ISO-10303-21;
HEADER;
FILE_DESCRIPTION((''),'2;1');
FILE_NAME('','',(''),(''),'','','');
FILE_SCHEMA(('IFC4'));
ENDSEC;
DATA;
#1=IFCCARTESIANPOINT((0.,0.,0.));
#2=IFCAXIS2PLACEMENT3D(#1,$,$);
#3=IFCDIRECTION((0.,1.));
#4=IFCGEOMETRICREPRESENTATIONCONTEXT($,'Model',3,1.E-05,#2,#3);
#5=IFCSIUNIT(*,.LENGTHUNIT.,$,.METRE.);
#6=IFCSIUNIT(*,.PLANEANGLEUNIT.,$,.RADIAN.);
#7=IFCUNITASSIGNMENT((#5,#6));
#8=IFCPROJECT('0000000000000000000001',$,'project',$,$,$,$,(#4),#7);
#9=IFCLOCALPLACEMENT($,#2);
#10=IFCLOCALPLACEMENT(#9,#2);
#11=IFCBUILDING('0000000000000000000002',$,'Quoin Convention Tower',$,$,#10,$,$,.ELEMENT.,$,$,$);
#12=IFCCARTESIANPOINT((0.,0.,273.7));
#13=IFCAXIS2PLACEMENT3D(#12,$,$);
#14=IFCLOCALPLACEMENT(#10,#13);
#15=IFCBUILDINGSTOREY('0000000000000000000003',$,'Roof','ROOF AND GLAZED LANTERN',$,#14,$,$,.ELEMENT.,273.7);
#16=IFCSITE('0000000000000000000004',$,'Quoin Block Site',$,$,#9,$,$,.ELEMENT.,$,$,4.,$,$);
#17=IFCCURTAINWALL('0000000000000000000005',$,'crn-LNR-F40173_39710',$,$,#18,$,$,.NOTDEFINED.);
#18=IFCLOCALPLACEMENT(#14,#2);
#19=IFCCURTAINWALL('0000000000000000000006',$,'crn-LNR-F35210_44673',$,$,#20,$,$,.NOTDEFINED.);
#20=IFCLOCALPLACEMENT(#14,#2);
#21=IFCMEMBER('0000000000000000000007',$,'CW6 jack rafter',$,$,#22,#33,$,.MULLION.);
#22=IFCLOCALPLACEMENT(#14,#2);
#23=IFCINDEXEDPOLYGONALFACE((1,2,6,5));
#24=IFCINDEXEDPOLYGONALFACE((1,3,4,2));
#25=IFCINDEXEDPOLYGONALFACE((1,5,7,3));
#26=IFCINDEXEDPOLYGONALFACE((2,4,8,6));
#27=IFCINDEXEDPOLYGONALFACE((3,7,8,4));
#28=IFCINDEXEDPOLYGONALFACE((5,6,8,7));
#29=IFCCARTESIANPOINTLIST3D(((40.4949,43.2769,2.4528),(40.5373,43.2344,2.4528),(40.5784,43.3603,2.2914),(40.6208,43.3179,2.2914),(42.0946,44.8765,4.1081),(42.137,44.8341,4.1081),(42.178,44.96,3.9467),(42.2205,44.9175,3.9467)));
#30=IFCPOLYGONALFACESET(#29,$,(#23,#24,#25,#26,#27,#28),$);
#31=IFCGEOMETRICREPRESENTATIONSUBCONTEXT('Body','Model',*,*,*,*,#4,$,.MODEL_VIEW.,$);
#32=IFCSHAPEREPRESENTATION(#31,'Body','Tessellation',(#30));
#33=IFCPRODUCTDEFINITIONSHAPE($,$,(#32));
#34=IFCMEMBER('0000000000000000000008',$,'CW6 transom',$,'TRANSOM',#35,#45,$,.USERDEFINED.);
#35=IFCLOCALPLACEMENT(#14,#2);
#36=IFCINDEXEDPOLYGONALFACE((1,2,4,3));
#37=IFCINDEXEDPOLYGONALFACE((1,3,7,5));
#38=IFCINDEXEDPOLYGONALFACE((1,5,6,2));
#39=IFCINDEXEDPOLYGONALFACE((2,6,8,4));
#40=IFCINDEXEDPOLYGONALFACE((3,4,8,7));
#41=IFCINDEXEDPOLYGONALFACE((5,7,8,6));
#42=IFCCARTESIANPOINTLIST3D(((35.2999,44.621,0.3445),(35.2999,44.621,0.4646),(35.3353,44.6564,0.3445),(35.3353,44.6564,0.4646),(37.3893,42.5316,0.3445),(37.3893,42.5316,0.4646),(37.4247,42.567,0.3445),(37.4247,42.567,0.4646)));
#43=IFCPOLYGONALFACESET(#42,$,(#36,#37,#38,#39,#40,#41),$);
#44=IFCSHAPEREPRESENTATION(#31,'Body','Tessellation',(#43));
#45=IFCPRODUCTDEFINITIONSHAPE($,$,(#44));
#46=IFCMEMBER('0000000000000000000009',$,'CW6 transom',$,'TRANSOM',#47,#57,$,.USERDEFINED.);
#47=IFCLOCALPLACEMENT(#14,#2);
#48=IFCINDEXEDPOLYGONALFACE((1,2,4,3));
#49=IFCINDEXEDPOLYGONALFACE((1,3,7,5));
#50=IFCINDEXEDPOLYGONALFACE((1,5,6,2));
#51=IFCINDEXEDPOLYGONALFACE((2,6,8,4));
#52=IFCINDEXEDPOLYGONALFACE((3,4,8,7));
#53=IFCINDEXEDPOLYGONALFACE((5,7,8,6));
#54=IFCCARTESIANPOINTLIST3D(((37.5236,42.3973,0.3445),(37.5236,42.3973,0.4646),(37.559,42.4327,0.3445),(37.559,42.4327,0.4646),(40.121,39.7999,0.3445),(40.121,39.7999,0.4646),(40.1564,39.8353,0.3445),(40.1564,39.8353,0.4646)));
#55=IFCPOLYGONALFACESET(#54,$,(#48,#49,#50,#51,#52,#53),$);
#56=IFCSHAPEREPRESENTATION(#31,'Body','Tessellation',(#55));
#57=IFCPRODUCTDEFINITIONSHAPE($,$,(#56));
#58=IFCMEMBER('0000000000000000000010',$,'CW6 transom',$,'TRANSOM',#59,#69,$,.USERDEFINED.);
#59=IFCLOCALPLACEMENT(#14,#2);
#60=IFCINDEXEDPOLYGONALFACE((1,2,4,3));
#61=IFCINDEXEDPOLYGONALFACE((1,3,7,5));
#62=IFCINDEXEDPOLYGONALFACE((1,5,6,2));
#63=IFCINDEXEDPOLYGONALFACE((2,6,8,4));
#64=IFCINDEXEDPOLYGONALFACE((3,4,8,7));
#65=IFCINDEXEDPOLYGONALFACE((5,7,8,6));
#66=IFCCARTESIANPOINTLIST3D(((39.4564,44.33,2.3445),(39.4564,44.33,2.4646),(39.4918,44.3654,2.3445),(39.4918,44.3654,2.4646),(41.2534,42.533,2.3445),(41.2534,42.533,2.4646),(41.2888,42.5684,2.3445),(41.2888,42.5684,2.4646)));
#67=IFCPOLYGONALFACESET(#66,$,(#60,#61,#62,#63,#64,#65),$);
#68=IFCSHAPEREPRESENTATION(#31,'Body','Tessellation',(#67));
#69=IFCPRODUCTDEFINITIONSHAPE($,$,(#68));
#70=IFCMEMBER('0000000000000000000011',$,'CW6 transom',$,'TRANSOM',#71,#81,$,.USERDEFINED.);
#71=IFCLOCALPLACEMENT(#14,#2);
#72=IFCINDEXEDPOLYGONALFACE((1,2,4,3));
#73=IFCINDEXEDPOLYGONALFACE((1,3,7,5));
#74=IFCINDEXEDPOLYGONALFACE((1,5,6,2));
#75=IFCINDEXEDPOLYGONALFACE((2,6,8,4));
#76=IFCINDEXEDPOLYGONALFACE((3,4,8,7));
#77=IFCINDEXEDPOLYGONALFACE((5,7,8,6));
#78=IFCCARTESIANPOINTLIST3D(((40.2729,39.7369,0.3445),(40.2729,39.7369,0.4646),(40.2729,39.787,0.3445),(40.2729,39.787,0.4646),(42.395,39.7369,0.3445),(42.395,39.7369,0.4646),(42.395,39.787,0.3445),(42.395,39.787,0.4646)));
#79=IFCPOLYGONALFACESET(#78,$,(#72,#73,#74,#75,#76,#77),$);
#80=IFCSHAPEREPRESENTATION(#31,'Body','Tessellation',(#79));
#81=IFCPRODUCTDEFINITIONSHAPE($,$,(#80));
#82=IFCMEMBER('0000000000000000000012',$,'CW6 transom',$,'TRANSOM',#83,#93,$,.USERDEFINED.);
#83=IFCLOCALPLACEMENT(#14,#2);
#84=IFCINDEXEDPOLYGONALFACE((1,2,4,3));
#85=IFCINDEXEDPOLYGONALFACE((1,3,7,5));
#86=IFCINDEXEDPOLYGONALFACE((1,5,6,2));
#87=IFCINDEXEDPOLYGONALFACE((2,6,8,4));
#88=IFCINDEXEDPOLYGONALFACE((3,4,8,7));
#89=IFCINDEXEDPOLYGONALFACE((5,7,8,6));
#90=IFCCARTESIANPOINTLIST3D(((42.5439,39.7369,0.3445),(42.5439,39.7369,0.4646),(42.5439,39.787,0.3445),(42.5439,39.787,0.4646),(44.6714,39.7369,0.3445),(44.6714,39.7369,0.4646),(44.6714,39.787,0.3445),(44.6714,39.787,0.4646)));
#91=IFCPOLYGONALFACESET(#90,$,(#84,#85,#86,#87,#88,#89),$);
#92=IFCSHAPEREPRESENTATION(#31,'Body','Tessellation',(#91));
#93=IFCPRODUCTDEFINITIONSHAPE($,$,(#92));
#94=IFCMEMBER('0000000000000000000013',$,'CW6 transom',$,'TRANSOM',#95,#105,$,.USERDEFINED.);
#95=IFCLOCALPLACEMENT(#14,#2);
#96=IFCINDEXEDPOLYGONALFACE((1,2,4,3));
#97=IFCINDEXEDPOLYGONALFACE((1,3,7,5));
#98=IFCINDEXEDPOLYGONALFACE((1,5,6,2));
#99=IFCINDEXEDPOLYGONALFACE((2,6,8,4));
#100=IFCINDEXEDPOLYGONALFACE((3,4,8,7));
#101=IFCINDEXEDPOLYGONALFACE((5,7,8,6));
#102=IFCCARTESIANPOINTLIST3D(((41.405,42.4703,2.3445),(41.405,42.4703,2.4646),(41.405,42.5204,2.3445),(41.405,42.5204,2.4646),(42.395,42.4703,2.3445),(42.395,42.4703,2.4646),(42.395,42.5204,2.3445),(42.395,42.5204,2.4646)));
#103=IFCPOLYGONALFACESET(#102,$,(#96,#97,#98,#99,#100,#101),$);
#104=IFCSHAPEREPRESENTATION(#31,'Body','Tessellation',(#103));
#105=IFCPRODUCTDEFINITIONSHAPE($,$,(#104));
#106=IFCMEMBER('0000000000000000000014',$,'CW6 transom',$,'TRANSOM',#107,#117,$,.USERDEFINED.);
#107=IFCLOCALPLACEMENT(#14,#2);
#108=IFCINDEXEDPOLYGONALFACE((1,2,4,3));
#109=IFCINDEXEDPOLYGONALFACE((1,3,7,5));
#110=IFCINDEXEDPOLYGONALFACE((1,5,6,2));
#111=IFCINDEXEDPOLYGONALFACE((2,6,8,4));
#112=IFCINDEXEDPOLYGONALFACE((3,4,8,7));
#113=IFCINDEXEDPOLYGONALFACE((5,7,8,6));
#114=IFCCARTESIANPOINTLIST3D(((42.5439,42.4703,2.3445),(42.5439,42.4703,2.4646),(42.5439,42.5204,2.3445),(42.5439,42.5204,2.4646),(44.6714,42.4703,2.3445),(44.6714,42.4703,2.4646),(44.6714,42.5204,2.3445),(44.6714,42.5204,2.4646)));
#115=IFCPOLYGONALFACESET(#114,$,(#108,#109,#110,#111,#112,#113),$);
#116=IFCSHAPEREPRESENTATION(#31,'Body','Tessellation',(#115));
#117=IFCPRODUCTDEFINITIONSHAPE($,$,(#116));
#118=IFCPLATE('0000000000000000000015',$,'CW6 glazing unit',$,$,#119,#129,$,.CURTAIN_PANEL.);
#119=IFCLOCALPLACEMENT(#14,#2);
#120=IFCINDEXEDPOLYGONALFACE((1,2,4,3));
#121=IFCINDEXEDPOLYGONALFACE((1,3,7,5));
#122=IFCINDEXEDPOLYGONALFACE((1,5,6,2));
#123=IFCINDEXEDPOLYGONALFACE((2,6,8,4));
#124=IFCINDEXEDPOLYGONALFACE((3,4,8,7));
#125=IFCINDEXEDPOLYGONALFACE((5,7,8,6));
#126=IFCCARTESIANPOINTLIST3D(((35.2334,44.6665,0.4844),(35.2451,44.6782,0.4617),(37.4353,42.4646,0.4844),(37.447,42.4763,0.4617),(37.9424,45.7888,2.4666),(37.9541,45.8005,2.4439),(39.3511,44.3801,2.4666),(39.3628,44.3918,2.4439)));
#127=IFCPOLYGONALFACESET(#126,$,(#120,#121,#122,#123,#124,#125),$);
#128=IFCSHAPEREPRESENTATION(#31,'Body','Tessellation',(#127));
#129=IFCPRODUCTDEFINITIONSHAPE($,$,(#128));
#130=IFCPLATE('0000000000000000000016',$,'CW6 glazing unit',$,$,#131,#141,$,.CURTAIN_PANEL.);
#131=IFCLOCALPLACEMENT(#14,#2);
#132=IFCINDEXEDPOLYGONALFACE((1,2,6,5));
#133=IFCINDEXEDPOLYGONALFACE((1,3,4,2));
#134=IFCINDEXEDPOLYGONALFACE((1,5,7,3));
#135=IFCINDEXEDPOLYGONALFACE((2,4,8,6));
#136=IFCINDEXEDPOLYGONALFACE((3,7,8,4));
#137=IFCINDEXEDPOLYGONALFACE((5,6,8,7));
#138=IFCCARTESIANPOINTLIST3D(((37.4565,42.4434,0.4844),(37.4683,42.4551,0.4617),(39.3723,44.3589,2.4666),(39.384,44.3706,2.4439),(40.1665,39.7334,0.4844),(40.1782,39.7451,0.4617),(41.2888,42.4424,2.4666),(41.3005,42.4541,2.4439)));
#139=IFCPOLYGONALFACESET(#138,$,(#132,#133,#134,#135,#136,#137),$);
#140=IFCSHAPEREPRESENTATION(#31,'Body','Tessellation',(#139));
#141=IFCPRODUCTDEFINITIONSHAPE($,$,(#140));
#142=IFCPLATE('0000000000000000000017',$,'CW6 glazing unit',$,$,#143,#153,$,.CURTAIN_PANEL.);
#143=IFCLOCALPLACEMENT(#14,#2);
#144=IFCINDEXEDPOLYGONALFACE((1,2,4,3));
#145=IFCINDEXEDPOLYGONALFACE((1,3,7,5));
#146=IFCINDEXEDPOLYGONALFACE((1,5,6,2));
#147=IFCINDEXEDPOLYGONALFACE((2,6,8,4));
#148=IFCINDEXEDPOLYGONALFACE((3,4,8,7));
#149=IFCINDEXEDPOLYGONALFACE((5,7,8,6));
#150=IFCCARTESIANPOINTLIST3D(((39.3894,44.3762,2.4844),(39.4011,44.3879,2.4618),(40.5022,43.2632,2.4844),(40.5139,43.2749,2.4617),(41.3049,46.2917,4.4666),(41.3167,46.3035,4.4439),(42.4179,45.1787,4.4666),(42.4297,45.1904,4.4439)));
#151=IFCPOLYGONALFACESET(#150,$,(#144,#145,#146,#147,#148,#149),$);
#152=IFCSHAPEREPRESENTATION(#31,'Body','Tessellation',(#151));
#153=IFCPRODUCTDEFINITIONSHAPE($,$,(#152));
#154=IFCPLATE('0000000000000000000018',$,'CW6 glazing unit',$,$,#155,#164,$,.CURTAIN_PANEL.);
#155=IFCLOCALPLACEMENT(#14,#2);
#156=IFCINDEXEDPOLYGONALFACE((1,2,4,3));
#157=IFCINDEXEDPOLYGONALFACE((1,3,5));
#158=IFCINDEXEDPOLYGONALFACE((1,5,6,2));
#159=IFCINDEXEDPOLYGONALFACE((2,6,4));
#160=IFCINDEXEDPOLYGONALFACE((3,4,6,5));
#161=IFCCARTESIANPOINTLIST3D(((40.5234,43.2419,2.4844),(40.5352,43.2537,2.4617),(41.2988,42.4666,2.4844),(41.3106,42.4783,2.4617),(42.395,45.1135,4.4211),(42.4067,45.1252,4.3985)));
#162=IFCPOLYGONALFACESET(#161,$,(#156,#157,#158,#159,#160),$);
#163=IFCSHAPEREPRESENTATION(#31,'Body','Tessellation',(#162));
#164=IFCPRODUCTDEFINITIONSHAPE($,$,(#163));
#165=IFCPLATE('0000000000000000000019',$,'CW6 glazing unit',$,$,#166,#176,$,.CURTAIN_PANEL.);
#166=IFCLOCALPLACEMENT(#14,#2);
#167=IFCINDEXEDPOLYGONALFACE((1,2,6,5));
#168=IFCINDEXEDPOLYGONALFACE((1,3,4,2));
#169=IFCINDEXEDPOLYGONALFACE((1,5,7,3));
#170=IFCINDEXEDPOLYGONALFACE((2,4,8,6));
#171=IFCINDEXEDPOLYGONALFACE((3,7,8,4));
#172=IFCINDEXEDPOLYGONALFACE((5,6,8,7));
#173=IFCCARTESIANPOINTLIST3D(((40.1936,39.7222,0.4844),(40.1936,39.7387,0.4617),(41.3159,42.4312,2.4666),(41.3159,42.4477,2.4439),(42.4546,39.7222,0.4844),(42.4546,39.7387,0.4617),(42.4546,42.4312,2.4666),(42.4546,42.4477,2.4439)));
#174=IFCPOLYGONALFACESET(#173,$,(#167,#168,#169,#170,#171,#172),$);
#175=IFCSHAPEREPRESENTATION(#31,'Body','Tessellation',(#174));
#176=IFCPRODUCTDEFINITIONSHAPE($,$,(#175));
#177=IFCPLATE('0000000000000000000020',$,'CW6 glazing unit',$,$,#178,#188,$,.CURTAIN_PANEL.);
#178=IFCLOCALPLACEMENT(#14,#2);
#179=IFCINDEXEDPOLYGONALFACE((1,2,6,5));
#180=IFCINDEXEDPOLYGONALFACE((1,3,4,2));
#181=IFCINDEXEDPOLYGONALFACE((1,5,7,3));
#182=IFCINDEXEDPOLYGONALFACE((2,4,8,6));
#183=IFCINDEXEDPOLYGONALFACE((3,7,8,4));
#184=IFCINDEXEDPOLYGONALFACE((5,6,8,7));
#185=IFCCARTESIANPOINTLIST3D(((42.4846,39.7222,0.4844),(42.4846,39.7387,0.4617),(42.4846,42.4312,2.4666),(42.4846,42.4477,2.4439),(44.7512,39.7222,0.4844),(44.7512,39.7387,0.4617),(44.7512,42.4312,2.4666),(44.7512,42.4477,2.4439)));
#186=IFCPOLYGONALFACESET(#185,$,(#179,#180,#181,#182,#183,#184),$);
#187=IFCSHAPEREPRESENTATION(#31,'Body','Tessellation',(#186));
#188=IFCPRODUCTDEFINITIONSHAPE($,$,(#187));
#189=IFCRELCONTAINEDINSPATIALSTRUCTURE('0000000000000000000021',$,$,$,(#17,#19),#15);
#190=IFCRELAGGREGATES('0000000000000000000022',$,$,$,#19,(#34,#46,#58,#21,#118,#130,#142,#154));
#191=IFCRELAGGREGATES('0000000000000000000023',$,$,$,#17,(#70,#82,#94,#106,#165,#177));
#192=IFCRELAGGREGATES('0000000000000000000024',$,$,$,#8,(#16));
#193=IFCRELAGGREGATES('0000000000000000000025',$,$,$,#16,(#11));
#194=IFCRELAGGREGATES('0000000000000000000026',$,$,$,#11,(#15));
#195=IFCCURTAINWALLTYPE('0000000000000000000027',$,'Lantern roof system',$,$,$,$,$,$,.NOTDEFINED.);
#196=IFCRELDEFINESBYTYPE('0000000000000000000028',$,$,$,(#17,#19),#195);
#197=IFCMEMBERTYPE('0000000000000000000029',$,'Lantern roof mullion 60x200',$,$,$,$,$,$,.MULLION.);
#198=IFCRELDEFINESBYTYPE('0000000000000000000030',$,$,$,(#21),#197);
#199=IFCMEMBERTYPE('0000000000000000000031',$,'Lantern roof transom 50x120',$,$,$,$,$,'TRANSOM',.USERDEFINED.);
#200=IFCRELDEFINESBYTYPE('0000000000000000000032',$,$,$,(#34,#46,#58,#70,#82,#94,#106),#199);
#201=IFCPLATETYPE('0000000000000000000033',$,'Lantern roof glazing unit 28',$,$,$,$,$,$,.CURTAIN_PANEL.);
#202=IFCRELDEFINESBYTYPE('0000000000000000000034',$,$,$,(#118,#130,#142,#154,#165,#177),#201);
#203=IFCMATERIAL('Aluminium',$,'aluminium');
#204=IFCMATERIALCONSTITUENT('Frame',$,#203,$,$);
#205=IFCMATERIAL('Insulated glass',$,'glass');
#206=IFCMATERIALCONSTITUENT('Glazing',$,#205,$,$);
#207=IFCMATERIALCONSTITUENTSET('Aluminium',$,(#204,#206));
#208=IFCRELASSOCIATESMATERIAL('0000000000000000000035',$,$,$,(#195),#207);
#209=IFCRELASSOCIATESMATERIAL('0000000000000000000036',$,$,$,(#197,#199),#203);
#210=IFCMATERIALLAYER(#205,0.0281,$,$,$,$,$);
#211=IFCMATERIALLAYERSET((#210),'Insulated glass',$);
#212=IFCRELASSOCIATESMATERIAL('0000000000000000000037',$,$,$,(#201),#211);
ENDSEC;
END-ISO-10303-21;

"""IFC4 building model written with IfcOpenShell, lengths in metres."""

from ifc_helpers import new_model, si_unit, direction, frame, origin, origin_2d, place, context, subcontext, project, spatial, polyline, rectangle, outline, extrude, material, layer, layer_set, constituent, constituent_set, material_profile, profile_set, type_object, element, aggregate, save


model = new_model("IFC4")

# Units and contexts
model_context = context("Model", 3, precision=1e-05, world=origin(), true_north=direction((0.0, 1.0)))
body_context = subcontext(model_context, "Body", "Model", "MODEL_VIEW")
ifc_project = project(units=[si_unit("LENGTHUNIT", "METRE"), si_unit("PLANEANGLEUNIT", "RADIAN")], contexts=[model_context])

# Site, building, storey
site_placement = place(None, origin())
site = spatial("IfcSite", under=ifc_project, at=site_placement, Name="Quoin Block Site", CompositionType="ELEMENT", RefElevation=4.0)
building_placement = place(site_placement, origin())
building = spatial("IfcBuilding", under=site, at=building_placement, Name="Quoin Convention Tower", CompositionType="ELEMENT")
storey_placement = place(building_placement, frame((0.0, 0.0, 273.7)))
storey = spatial("IfcBuildingStorey", under=building, at=storey_placement, Name="Roof", Description="ROOF AND GLAZED LANTERN", CompositionType="ELEMENT", Elevation=273.7)

# Curtain wall
ifc_material_1 = material(Name="Aluminium", Category="aluminium")
ifc_constituent_1 = constituent(ifc_material_1, Name="Frame")
ifc_material_2 = material(Name="Insulated glass", Category="glass")
ifc_constituent_2 = constituent(ifc_material_2, Name="Glazing")
ifc_constituent_set = constituent_set(constituents=[ifc_constituent_1, ifc_constituent_2], Name="Aluminium")
curtain_wall_type = type_object("IfcCurtainWallType", Name="Lantern roof system", PredefinedType="NOTDEFINED", material=ifc_constituent_set)
curtain_wall_1_placement = place(storey_placement, origin())
curtain_wall_1 = element("IfcCurtainWall", 1, at=curtain_wall_1_placement, inside=storey, type_object=curtain_wall_type, Name="crn-LNR-F40173_39710", PredefinedType="NOTDEFINED")

# Curtain wall
curtain_wall_2_placement = place(storey_placement, origin())
curtain_wall_2 = element("IfcCurtainWall", 2, at=curtain_wall_2_placement, inside=storey, type_object=curtain_wall_type, Name="crn-LNR-F35210_44673", PredefinedType="NOTDEFINED")

# Members
ifc_material_profile_1 = material_profile(ifc_material_1, rectangle(XDim=0.2, YDim=0.0601, at=origin_2d()), Name="Lantern roof mullion 60x200")
ifc_profile_set_1 = profile_set([ifc_material_profile_1], Name="Aluminium")
member_type_1 = type_object("IfcMemberType", Name="Lantern roof mullion 60x200", PredefinedType="MULLION", material=ifc_profile_set_1)
member_1_placement = place(storey_placement, frame((40.5579, 43.2974, 2.3721), z_axis=(0.570655, 0.570655, 0.590513), x_axis=(-0.417556, -0.417556, 0.807028)))
member_1 = element("IfcMember", 3, at=member_1_placement, type_object=member_type_1, Name="CW6 jack rafter", PredefinedType="MULLION", context=body_context, shape_type="SweptSolid", body=[
    extrude(rectangle(XDim=0.2, YDim=0.0601, at=origin_2d()), origin(), (0.0, 0.0, 1.0), 2.8032),
])
ifc_material_profile_2 = material_profile(ifc_material_1, rectangle(XDim=0.1201, YDim=0.05, at=origin_2d()), Name="Lantern roof transom 50x120")
ifc_profile_set_2 = profile_set([ifc_material_profile_2], Name="Aluminium")
member_type_2 = type_object("IfcMemberType", Name="Lantern roof transom 50x120", ElementType="TRANSOM", PredefinedType="USERDEFINED", material=ifc_profile_set_2)
member_2_placement = place(storey_placement, frame((35.3176, 44.6387, 0.4045), z_axis=(0.707107, -0.707107, 0.0), x_axis=(0.0, 0.0, 1.0)))
member_2 = element("IfcMember", 4, at=member_2_placement, type_object=member_type_2, Name="CW6 transom", ObjectType="TRANSOM", PredefinedType="USERDEFINED", context=body_context, shape_type="SweptSolid", body=[
    extrude(rectangle(XDim=0.1201, YDim=0.05, at=origin_2d()), origin(), (0.0, 0.0, 1.0), 2.9548),
])
member_3_placement = place(storey_placement, frame((37.5413, 42.415, 0.4045), z_axis=(0.707107, -0.707107, 0.0), x_axis=(0.0, 0.0, 1.0)))
member_3 = element("IfcMember", 5, at=member_3_placement, type_object=member_type_2, Name="CW6 transom", ObjectType="TRANSOM", PredefinedType="USERDEFINED", context=body_context, shape_type="SweptSolid", body=[
    extrude(rectangle(XDim=0.1201, YDim=0.05, at=origin_2d()), origin(), (0.0, 0.0, 1.0), 3.6733),
])
member_4_placement = place(storey_placement, frame((39.4741, 44.3477, 2.4045), z_axis=(0.707107, -0.707107, 0.0), x_axis=(0.0, 0.0, 1.0)))
member_4 = element("IfcMember", 6, at=member_4_placement, type_object=member_type_2, Name="CW6 transom", ObjectType="TRANSOM", PredefinedType="USERDEFINED", context=body_context, shape_type="SweptSolid", body=[
    extrude(rectangle(XDim=0.1201, YDim=0.05, at=origin_2d()), origin(), (0.0, 0.0, 1.0), 2.5413),
])
member_5_placement = place(storey_placement, frame((40.2729, 39.762, 0.4045), z_axis=(1.0, 0.0, 0.0), x_axis=(0.0, 0.0, 1.0)))
member_5 = element("IfcMember", 7, at=member_5_placement, type_object=member_type_2, Name="CW6 transom", ObjectType="TRANSOM", PredefinedType="USERDEFINED", context=body_context, shape_type="SweptSolid", body=[
    extrude(rectangle(XDim=0.1201, YDim=0.05, at=origin_2d()), origin(), (0.0, 0.0, 1.0), 2.1221),
])
member_6_placement = place(storey_placement, frame((42.5439, 39.762, 0.4045), z_axis=(1.0, 0.0, 0.0), x_axis=(0.0, 0.0, 1.0)))
member_6 = element("IfcMember", 8, at=member_6_placement, type_object=member_type_2, Name="CW6 transom", ObjectType="TRANSOM", PredefinedType="USERDEFINED", context=body_context, shape_type="SweptSolid", body=[
    extrude(rectangle(XDim=0.1201, YDim=0.05, at=origin_2d()), origin(), (0.0, 0.0, 1.0), 2.1274),
])
member_7_placement = place(storey_placement, frame((41.405, 42.4954, 2.4045), z_axis=(1.0, 0.0, 0.0), x_axis=(0.0, 0.0, 1.0)))
member_7 = element("IfcMember", 9, at=member_7_placement, type_object=member_type_2, Name="CW6 transom", ObjectType="TRANSOM", PredefinedType="USERDEFINED", context=body_context, shape_type="SweptSolid", body=[
    extrude(rectangle(XDim=0.1201, YDim=0.05, at=origin_2d()), origin(), (0.0, 0.0, 1.0), 0.99),
])
member_8_placement = place(storey_placement, frame((42.5439, 42.4954, 2.4045), z_axis=(1.0, 0.0, 0.0), x_axis=(0.0, 0.0, 1.0)))
member_8 = element("IfcMember", 10, at=member_8_placement, type_object=member_type_2, Name="CW6 transom", ObjectType="TRANSOM", PredefinedType="USERDEFINED", context=body_context, shape_type="SweptSolid", body=[
    extrude(rectangle(XDim=0.1201, YDim=0.05, at=origin_2d()), origin(), (0.0, 0.0, 1.0), 2.1274),
])

# Plates
ifc_layer_1 = layer(ifc_material_2, 0.0281)
ifc_layer_set_1 = layer_set([ifc_layer_1], Name="Insulated glass")
plate_type = type_object("IfcPlateType", Name="Lantern roof glazing unit 28", PredefinedType="CURTAIN_PANEL", material=ifc_layer_set_1)
plate_1_placement = place(storey_placement, frame((39.3511, 44.3801, 2.4666), z_axis=(-0.417537, -0.417537, 0.807047), x_axis=(-0.570705, -0.570632, -0.590487)))
plate_1 = element("IfcPlate", 11, at=plate_1_placement, type_object=plate_type, Name="CW6 glazing unit", PredefinedType="CURTAIN_PANEL", context=body_context, shape_type="SweptSolid", body=[
    extrude(outline(polyline([(0.0, 0.0), (3.3569, 0.0), (3.357, -3.114), (0.0001, -1.9922), (0.0, 0.0)])), origin(), (0.0, 0.0, -1.0), 0.0281),
])
plate_2_placement = place(storey_placement, frame((39.3723, 44.3589, 2.4666), z_axis=(-0.417537, -0.417537, 0.807047), x_axis=(0.707107, -0.707107, 0.0)))
plate_2 = element("IfcPlate", 12, at=plate_2_placement, type_object=plate_type, Name="CW6 glazing unit", PredefinedType="CURTAIN_PANEL", context=body_context, shape_type="SweptSolid", body=[
    extrude(outline(polyline([(0.0, 0.0), (2.7103, 0.0), (3.8323, -3.3569), (-0.0002, -3.3569), (0.0, 0.0)])), origin(), (0.0, 0.0, -1.0), 0.0281),
])
plate_3_placement = place(storey_placement, frame((40.5022, 43.2632, 2.4844), z_axis=(-0.417569, -0.417523, 0.807038), x_axis=(-0.707043, 0.707171, 0.000026)))
plate_3 = element("IfcPlate", 13, at=plate_3_placement, type_object=plate_type, Name="CW6 glazing unit", PredefinedType="CURTAIN_PANEL", context=body_context, shape_type="SweptSolid", body=[
    extrude(outline(polyline([(0.0, 0.0), (1.5739, 0.0), (1.5742, -3.3567), (0.0001, -3.3569), (0.0, 0.0)])), origin(), (0.0, 0.0, -1.0), 0.0281),
])
plate_4_placement = place(storey_placement, frame((41.2988, 42.4666, 2.4844), z_axis=(-0.417564, -0.417564, 0.80702), x_axis=(-0.707107, 0.707107, 0.0)))
plate_4 = element("IfcPlate", 14, at=plate_4_placement, type_object=plate_type, Name="CW6 glazing unit", PredefinedType="CURTAIN_PANEL", context=body_context, shape_type="SweptSolid", body=[
    extrude(outline(polyline([(0.0, 0.0), (1.0966, 0.0), (1.0966, -3.2797), (0.0, 0.0)])), origin(), (0.0, 0.0, -1.0), 0.0281),
])
aggregate(curtain_wall_2, [member_2, member_3, member_4, member_1, plate_1, plate_2, plate_3, plate_4])
plate_5_placement = place(storey_placement, frame((42.4546, 42.4312, 2.4666), z_axis=(0.0, -0.590509, 0.807031), x_axis=(0.0, -0.807031, -0.590509)))
plate_5 = element("IfcPlate", 15, at=plate_5_placement, type_object=plate_type, Name="CW6 glazing unit", PredefinedType="CURTAIN_PANEL", context=body_context, shape_type="SweptSolid", body=[
    extrude(outline(polyline([(0.0, 0.0), (3.3567, 0.0), (3.3567, -2.261), (0.0, -1.1387), (0.0, 0.0)])), origin(), (0.0, 0.0, -1.0), 0.0281),
])
plate_6_placement = place(storey_placement, frame((42.4846, 42.4312, 2.4666), z_axis=(0.0, -0.590509, 0.807031), x_axis=(1.0, 0.0, 0.0)))
plate_6 = element("IfcPlate", 16, at=plate_6_placement, type_object=plate_type, Name="CW6 glazing unit", PredefinedType="CURTAIN_PANEL", context=body_context, shape_type="SweptSolid", body=[
    extrude(outline(polyline([(0.0, 0.0), (2.2666, 0.0), (2.2666, -3.3567), (0.0, -3.3567), (0.0, 0.0)])), origin(), (0.0, 0.0, -1.0), 0.0281),
])
aggregate(curtain_wall_1, [member_5, member_6, member_7, member_8, plate_5, plate_6])

save(model, "model.ifc")
